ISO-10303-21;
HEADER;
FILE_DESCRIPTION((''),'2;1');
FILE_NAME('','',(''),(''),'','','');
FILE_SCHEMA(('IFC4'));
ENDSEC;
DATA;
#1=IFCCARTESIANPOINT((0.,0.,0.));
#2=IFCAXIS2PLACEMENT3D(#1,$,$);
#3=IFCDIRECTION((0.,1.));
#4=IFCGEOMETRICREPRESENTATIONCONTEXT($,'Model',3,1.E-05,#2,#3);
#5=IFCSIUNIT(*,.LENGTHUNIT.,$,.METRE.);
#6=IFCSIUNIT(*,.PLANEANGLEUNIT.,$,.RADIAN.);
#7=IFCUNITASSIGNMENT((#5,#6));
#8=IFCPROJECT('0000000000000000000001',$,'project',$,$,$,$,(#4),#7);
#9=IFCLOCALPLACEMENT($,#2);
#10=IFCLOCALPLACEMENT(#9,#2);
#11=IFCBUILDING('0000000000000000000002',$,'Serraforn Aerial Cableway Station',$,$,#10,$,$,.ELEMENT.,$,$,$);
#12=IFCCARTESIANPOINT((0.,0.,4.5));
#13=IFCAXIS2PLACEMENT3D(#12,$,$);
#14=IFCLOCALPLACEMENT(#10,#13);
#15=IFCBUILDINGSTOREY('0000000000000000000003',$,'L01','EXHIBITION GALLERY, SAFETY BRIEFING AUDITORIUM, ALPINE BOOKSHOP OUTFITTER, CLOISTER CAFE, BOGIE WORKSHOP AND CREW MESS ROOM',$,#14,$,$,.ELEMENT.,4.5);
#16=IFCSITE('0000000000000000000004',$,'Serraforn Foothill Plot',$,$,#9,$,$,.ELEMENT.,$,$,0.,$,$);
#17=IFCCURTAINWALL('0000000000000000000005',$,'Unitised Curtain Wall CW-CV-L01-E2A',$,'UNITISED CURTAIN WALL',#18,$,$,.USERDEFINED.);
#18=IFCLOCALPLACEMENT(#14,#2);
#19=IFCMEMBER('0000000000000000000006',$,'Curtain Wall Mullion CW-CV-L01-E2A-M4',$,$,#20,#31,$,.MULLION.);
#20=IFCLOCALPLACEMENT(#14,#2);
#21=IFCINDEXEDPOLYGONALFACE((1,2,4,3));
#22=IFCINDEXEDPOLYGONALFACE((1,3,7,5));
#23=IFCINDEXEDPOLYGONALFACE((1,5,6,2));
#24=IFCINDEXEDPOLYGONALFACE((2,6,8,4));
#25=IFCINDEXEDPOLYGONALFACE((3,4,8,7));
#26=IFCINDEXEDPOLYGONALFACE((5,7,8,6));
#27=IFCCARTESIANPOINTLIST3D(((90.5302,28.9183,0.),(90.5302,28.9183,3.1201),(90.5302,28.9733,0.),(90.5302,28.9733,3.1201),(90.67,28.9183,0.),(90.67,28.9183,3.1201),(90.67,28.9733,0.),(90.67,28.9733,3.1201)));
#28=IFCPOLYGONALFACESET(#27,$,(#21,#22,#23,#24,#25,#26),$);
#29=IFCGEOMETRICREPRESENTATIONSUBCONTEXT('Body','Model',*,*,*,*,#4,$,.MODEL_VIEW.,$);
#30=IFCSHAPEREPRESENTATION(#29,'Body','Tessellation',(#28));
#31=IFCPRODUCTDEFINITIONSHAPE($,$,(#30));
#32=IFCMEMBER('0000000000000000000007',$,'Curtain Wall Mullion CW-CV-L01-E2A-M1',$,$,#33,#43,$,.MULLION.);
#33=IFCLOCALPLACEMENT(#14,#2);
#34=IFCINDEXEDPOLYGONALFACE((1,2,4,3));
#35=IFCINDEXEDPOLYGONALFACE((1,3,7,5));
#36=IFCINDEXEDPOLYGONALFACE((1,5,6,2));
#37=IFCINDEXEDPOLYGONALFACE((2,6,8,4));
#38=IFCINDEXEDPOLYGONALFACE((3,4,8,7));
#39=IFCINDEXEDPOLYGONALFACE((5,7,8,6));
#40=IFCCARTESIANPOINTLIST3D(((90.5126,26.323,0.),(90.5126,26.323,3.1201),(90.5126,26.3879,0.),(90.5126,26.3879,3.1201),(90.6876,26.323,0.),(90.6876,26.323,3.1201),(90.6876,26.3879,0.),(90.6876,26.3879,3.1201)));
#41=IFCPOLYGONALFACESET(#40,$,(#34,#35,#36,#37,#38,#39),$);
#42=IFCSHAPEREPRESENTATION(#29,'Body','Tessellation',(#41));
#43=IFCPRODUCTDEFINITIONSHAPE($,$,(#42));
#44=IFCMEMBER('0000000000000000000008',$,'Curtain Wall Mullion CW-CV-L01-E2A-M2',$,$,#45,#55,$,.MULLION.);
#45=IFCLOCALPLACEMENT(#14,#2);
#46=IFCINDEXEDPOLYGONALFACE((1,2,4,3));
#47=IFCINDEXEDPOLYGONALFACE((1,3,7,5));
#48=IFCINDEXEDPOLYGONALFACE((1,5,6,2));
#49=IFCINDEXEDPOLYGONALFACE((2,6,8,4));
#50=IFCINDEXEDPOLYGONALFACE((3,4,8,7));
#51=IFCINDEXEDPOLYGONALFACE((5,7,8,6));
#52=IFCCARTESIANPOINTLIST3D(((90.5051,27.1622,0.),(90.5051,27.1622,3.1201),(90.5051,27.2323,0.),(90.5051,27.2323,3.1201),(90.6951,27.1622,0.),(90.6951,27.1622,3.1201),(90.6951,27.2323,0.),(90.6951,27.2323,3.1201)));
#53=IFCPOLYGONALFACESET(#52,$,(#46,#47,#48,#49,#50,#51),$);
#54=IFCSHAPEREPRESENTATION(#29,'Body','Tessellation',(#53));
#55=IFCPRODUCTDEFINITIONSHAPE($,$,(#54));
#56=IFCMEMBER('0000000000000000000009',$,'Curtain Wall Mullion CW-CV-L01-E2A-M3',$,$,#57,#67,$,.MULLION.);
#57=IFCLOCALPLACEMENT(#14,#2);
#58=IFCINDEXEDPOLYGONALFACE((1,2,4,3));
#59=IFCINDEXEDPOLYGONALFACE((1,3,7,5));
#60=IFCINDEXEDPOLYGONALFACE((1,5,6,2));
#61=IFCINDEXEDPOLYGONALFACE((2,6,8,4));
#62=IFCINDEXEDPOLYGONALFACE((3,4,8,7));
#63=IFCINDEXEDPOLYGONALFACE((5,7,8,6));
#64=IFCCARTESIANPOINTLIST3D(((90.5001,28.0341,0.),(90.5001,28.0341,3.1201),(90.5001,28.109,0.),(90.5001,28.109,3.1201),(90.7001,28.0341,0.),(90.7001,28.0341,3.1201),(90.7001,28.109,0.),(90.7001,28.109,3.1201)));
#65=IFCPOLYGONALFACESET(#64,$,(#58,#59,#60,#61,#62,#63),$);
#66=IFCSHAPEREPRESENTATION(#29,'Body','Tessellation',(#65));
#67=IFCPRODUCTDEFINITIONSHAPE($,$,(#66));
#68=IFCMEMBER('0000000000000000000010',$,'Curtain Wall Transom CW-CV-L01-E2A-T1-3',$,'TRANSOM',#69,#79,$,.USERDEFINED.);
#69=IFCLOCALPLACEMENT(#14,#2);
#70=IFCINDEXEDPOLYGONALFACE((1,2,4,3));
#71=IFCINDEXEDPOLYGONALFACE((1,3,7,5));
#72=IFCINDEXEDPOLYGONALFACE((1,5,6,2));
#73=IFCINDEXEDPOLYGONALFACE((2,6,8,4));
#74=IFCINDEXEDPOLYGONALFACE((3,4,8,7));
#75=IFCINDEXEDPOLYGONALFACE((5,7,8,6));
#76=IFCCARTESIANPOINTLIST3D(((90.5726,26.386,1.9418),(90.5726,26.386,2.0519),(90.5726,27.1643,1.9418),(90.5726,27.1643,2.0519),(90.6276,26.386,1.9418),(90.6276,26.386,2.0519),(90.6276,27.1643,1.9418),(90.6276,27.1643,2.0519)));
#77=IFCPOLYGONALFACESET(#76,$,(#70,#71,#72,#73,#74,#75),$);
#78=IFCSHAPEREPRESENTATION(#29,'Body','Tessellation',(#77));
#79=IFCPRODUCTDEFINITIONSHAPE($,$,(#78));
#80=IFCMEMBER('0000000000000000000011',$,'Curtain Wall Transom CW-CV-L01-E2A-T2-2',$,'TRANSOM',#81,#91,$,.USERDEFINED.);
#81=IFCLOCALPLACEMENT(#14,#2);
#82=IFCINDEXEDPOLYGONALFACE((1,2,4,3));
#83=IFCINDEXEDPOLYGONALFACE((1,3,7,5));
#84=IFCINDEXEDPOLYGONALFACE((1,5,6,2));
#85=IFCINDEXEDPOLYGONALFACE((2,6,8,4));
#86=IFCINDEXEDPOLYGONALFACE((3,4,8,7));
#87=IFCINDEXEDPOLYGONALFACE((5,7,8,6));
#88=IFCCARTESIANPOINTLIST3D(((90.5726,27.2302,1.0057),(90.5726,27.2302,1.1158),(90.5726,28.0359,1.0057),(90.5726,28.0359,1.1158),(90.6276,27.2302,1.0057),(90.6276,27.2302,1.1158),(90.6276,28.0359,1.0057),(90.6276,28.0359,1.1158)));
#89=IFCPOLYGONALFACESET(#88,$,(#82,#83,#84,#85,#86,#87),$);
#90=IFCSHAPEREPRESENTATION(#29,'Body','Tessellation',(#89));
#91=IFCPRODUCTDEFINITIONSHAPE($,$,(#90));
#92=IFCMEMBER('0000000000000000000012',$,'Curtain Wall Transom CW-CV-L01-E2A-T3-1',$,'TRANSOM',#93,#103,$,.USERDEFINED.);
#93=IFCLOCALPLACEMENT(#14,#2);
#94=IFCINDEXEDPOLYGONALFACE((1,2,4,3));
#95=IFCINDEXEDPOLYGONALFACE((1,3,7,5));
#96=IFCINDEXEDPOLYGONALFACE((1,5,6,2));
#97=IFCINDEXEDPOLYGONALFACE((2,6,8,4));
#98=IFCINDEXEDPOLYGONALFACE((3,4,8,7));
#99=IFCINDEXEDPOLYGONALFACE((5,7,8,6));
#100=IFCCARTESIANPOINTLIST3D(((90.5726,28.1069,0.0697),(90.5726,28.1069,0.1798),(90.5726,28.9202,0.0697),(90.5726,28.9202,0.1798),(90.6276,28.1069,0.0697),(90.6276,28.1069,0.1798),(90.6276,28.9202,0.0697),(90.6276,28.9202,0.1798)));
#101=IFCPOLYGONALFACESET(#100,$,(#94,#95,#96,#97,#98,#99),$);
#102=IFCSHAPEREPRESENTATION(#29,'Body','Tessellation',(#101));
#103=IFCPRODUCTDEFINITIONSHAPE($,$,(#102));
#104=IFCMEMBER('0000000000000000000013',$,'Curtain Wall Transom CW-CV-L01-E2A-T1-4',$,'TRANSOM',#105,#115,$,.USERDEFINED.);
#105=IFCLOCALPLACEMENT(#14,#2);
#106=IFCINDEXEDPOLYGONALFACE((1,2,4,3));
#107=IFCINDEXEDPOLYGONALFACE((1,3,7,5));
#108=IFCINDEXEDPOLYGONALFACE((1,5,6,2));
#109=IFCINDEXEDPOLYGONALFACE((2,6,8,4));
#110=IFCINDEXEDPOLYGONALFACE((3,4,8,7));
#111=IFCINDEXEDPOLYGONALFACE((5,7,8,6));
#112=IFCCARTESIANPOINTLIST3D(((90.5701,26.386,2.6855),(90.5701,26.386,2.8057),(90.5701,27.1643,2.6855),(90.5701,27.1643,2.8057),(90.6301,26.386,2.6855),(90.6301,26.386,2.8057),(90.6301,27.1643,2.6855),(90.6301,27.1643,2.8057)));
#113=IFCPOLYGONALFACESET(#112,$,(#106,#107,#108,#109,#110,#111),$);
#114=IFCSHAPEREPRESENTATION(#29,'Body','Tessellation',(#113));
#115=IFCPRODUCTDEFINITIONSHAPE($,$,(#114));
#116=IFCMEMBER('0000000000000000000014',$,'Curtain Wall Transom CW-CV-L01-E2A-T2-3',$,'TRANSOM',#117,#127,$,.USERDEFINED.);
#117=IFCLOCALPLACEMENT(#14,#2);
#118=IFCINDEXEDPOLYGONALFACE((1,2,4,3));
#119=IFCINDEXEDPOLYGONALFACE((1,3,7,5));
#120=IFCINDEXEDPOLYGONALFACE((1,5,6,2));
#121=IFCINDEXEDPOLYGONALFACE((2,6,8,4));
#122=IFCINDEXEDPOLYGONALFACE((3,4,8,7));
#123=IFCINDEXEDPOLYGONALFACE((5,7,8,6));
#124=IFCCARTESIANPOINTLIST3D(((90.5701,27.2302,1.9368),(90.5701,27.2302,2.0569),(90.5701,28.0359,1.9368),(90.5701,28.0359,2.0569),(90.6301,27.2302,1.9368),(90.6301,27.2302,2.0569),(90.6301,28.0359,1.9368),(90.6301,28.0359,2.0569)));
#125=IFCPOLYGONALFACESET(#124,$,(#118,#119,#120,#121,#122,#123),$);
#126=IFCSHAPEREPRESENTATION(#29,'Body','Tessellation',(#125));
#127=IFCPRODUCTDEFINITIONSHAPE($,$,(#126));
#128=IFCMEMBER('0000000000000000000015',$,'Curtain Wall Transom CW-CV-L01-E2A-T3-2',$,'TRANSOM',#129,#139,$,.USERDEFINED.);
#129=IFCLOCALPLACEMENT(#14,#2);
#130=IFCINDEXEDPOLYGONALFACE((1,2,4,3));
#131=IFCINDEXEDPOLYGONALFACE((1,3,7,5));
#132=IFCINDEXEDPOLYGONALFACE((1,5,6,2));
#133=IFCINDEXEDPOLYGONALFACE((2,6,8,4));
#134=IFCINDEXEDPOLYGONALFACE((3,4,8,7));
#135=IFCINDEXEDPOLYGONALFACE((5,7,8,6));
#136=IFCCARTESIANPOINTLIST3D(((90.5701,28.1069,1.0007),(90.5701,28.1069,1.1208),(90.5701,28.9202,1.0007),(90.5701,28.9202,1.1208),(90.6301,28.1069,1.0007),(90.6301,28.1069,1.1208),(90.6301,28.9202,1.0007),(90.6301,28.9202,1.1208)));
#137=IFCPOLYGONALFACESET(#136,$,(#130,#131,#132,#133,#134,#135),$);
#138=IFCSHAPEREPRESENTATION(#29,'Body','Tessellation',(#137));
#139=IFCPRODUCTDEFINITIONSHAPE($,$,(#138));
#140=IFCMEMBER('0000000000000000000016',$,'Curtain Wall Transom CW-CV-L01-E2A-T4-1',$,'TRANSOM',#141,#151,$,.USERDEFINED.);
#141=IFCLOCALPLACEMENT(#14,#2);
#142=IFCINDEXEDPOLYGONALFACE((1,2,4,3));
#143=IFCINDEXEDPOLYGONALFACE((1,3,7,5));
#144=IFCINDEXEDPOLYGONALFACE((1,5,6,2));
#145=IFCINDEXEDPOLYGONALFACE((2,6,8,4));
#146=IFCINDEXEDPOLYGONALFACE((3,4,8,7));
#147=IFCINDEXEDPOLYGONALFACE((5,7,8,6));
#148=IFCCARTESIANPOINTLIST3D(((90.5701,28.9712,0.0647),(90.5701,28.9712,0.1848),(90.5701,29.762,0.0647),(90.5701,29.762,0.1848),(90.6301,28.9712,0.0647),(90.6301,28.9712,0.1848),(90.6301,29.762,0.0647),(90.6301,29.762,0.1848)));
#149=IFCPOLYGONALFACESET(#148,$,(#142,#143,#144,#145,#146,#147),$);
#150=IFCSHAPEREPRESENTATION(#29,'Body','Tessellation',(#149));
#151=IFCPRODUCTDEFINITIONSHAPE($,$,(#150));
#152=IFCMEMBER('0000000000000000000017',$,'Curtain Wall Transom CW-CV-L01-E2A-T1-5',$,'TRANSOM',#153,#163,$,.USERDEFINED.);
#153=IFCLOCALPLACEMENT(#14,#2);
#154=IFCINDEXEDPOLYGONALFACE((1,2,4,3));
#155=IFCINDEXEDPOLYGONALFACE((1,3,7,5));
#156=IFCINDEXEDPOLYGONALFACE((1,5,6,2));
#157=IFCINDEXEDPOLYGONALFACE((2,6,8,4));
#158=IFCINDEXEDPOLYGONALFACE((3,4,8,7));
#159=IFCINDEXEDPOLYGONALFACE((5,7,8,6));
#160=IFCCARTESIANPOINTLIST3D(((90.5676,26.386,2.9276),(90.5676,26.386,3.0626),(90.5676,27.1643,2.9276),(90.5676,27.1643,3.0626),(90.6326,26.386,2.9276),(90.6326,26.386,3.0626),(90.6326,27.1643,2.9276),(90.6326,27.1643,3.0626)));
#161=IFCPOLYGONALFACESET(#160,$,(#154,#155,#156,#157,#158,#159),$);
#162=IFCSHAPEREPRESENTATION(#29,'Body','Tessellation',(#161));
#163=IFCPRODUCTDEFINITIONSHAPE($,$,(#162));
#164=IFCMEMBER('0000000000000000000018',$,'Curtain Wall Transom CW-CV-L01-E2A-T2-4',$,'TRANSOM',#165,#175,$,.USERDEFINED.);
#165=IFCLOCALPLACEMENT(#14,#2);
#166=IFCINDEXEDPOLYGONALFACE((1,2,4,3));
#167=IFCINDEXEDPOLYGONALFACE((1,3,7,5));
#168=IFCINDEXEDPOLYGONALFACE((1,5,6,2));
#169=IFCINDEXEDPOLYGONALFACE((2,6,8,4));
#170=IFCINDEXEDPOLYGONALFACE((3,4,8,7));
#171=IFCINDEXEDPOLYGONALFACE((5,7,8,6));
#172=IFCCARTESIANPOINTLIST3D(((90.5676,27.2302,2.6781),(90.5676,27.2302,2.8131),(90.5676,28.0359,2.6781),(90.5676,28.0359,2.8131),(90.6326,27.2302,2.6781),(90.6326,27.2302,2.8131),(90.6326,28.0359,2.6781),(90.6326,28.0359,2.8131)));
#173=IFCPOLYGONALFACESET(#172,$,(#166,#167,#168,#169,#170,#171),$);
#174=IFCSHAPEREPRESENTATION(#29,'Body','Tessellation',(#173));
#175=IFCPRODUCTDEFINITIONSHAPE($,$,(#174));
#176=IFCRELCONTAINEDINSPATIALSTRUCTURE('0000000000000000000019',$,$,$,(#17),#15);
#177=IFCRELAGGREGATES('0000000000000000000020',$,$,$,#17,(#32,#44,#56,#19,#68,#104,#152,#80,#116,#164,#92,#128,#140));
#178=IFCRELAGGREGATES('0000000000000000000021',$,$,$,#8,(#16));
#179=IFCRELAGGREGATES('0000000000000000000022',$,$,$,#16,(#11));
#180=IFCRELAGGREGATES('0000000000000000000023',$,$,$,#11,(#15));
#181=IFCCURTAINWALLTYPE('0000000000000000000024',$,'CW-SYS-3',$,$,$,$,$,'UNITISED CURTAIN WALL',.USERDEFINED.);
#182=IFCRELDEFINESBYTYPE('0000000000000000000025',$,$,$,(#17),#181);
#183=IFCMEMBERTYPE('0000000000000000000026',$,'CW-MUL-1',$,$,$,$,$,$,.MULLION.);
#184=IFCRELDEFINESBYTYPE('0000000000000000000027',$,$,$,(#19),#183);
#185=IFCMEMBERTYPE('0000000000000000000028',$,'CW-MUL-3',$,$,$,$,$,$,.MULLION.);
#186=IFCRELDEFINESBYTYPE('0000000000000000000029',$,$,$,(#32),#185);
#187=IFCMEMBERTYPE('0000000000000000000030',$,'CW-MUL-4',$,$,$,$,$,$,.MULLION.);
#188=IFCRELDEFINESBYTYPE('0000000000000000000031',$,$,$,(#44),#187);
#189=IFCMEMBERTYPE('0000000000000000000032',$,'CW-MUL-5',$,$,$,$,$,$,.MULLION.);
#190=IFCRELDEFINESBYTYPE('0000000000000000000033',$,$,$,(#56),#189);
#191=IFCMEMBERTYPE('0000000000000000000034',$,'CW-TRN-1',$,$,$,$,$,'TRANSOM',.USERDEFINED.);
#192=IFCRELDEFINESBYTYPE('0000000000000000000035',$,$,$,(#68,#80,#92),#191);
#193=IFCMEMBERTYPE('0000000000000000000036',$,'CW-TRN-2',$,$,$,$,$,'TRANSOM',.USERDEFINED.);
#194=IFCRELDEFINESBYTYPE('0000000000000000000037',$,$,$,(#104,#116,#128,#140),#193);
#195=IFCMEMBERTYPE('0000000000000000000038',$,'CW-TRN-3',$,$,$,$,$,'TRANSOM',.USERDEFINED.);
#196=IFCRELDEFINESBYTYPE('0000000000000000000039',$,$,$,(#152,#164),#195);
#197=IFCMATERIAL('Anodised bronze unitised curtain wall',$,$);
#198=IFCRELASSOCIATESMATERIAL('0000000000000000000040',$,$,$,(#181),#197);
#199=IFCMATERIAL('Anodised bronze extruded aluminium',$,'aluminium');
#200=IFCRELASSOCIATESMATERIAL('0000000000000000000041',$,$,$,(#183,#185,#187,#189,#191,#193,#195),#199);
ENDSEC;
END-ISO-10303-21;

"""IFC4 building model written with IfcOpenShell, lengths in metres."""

from ifc_helpers import new_model, si_unit, direction, frame, origin, origin_2d, place, context, subcontext, project, spatial, rectangle, extrude, material, material_profile, profile_set, type_object, element, aggregate, save


model = new_model("IFC4")

# Units and contexts
model_context = context("Model", 3, precision=1e-05, world=origin(), true_north=direction((0.0, 1.0)))
body_context = subcontext(model_context, "Body", "Model", "MODEL_VIEW")
ifc_project = project(units=[si_unit("LENGTHUNIT", "METRE"), si_unit("PLANEANGLEUNIT", "RADIAN")], contexts=[model_context])

# Site, building, storey
site_placement = place(None, origin())
site = spatial("IfcSite", under=ifc_project, at=site_placement, Name="Serraforn Foothill Plot", CompositionType="ELEMENT", RefElevation=0.0)
building_placement = place(site_placement, origin())
building = spatial("IfcBuilding", under=site, at=building_placement, Name="Serraforn Aerial Cableway Station", CompositionType="ELEMENT")
storey_placement = place(building_placement, frame((0.0, 0.0, 4.5)))
storey = spatial("IfcBuildingStorey", under=building, at=storey_placement, Name="L01", Description="EXHIBITION GALLERY, SAFETY BRIEFING AUDITORIUM, ALPINE BOOKSHOP OUTFITTER, CLOISTER CAFE, BOGIE WORKSHOP AND CREW MESS ROOM", CompositionType="ELEMENT", Elevation=4.5)

# Curtain wall, members
ifc_material_1 = material(Name="Anodised bronze unitised curtain wall")
curtain_wall_type = type_object("IfcCurtainWallType", Name="CW-SYS-3", ElementType="UNITISED CURTAIN WALL", PredefinedType="USERDEFINED", material=ifc_material_1)
curtain_wall_placement = place(storey_placement, origin())
curtain_wall = element("IfcCurtainWall", 1, at=curtain_wall_placement, inside=storey, type_object=curtain_wall_type, Name="Unitised Curtain Wall CW-CV-L01-E2A", ObjectType="UNITISED CURTAIN WALL", PredefinedType="USERDEFINED")
ifc_material_2 = material(Name="Anodised bronze extruded aluminium", Category="aluminium")
ifc_material_profile_1 = material_profile(ifc_material_2, rectangle(XDim=0.0549, YDim=0.1399, at=origin_2d()), Name="CW MULLION 55x140")
ifc_profile_set_1 = profile_set([ifc_material_profile_1], Name="Anodised bronze extruded aluminium")
member_type_1 = type_object("IfcMemberType", Name="CW-MUL-1", PredefinedType="MULLION", material=ifc_profile_set_1)
member_1_placement = place(storey_placement, frame((90.6001, 28.9458, 0.0), z_axis=(0.0, 0.0, 1.0), x_axis=(0.0, 1.0, 0.0)))
member_1 = element("IfcMember", 2, at=member_1_placement, type_object=member_type_1, Name="Curtain Wall Mullion CW-CV-L01-E2A-M4", PredefinedType="MULLION", context=body_context, shape_type="SweptSolid", body=[
    extrude(rectangle(XDim=0.0549, YDim=0.1399, at=origin_2d()), origin(), (0.0, 0.0, 1.0), 3.1201),
])
ifc_material_profile_2 = material_profile(ifc_material_2, rectangle(XDim=0.0649, YDim=0.175, at=origin_2d()), Name="CW MULLION 65x175")
ifc_profile_set_2 = profile_set([ifc_material_profile_2], Name="Anodised bronze extruded aluminium")
member_type_2 = type_object("IfcMemberType", Name="CW-MUL-3", PredefinedType="MULLION", material=ifc_profile_set_2)
member_2_placement = place(storey_placement, frame((90.6001, 26.3555, 0.0), z_axis=(0.0, 0.0, 1.0), x_axis=(0.0, 1.0, 0.0)))
member_2 = element("IfcMember", 3, at=member_2_placement, type_object=member_type_2, Name="Curtain Wall Mullion CW-CV-L01-E2A-M1", PredefinedType="MULLION", context=body_context, shape_type="SweptSolid", body=[
    extrude(rectangle(XDim=0.0649, YDim=0.175, at=origin_2d()), origin(), (0.0, 0.0, 1.0), 3.1201),
])
ifc_material_profile_3 = material_profile(ifc_material_2, rectangle(XDim=0.0701, YDim=0.1899, at=origin_2d()), Name="CW MULLION 70x190")
ifc_profile_set_3 = profile_set([ifc_material_profile_3], Name="Anodised bronze extruded aluminium")
member_type_3 = type_object("IfcMemberType", Name="CW-MUL-4", PredefinedType="MULLION", material=ifc_profile_set_3)
member_3_placement = place(storey_placement, frame((90.6001, 27.1973, 0.0), z_axis=(0.0, 0.0, 1.0), x_axis=(0.0, 1.0, 0.0)))
member_3 = element("IfcMember", 4, at=member_3_placement, type_object=member_type_3, Name="Curtain Wall Mullion CW-CV-L01-E2A-M2", PredefinedType="MULLION", context=body_context, shape_type="SweptSolid", body=[
    extrude(rectangle(XDim=0.0701, YDim=0.1899, at=origin_2d()), origin(), (0.0, 0.0, 1.0), 3.1201),
])
ifc_material_profile_4 = material_profile(ifc_material_2, rectangle(XDim=0.075, YDim=0.2, at=origin_2d()), Name="CW MULLION 75x200")
ifc_profile_set_4 = profile_set([ifc_material_profile_4], Name="Anodised bronze extruded aluminium")
member_type_4 = type_object("IfcMemberType", Name="CW-MUL-5", PredefinedType="MULLION", material=ifc_profile_set_4)
member_4_placement = place(storey_placement, frame((90.6001, 28.0715, 0.0), z_axis=(0.0, 0.0, 1.0), x_axis=(0.0, 1.0, 0.0)))
member_4 = element("IfcMember", 5, at=member_4_placement, type_object=member_type_4, Name="Curtain Wall Mullion CW-CV-L01-E2A-M3", PredefinedType="MULLION", context=body_context, shape_type="SweptSolid", body=[
    extrude(rectangle(XDim=0.075, YDim=0.2, at=origin_2d()), origin(), (0.0, 0.0, 1.0), 3.1201),
])
ifc_material_profile_5 = material_profile(ifc_material_2, rectangle(XDim=0.0549, YDim=0.1101, at=origin_2d()), Name="CW TRANSOM 55x110")
ifc_profile_set_5 = profile_set([ifc_material_profile_5], Name="Anodised bronze extruded aluminium")
member_type_5 = type_object("IfcMemberType", Name="CW-TRN-1", ElementType="TRANSOM", PredefinedType="USERDEFINED", material=ifc_profile_set_5)
member_5_placement = place(storey_placement, frame((90.6001, 26.386, 1.9968), z_axis=(0.0, 1.0, 0.0), x_axis=(-1.0, 0.0, 0.0)))
member_5 = element("IfcMember", 6, at=member_5_placement, type_object=member_type_5, Name="Curtain Wall Transom CW-CV-L01-E2A-T1-3", ObjectType="TRANSOM", PredefinedType="USERDEFINED", context=body_context, shape_type="SweptSolid", body=[
    extrude(rectangle(XDim=0.0549, YDim=0.1101, at=origin_2d()), origin(), (0.0, 0.0, 1.0), 0.7783),
])
member_6_placement = place(storey_placement, frame((90.6001, 27.2302, 1.0608), z_axis=(0.0, 1.0, 0.0), x_axis=(-1.0, 0.0, 0.0)))
member_6 = element("IfcMember", 7, at=member_6_placement, type_object=member_type_5, Name="Curtain Wall Transom CW-CV-L01-E2A-T2-2", ObjectType="TRANSOM", PredefinedType="USERDEFINED", context=body_context, shape_type="SweptSolid", body=[
    extrude(rectangle(XDim=0.0549, YDim=0.1101, at=origin_2d()), origin(), (0.0, 0.0, 1.0), 0.8057),
])
member_7_placement = place(storey_placement, frame((90.6001, 28.1069, 0.1248), z_axis=(0.0, 1.0, 0.0), x_axis=(-1.0, 0.0, 0.0)))
member_7 = element("IfcMember", 8, at=member_7_placement, type_object=member_type_5, Name="Curtain Wall Transom CW-CV-L01-E2A-T3-1", ObjectType="TRANSOM", PredefinedType="USERDEFINED", context=body_context, shape_type="SweptSolid", body=[
    extrude(rectangle(XDim=0.0549, YDim=0.1101, at=origin_2d()), origin(), (0.0, 0.0, 1.0), 0.8132),
])
ifc_material_profile_6 = material_profile(ifc_material_2, rectangle(XDim=0.0601, YDim=0.1201, at=origin_2d()), Name="CW TRANSOM 60x120")
ifc_profile_set_6 = profile_set([ifc_material_profile_6], Name="Anodised bronze extruded aluminium")
member_type_6 = type_object("IfcMemberType", Name="CW-TRN-2", ElementType="TRANSOM", PredefinedType="USERDEFINED", material=ifc_profile_set_6)
member_8_placement = place(storey_placement, frame((90.6001, 26.386, 2.7456), z_axis=(0.0, 1.0, 0.0), x_axis=(-1.0, 0.0, 0.0)))
member_8 = element("IfcMember", 9, at=member_8_placement, type_object=member_type_6, Name="Curtain Wall Transom CW-CV-L01-E2A-T1-4", ObjectType="TRANSOM", PredefinedType="USERDEFINED", context=body_context, shape_type="SweptSolid", body=[
    extrude(rectangle(XDim=0.0601, YDim=0.1201, at=origin_2d()), origin(), (0.0, 0.0, 1.0), 0.7783),
])
member_9_placement = place(storey_placement, frame((90.6001, 27.2302, 1.9968), z_axis=(0.0, 1.0, 0.0), x_axis=(-1.0, 0.0, 0.0)))
member_9 = element("IfcMember", 10, at=member_9_placement, type_object=member_type_6, Name="Curtain Wall Transom CW-CV-L01-E2A-T2-3", ObjectType="TRANSOM", PredefinedType="USERDEFINED", context=body_context, shape_type="SweptSolid", body=[
    extrude(rectangle(XDim=0.0601, YDim=0.1201, at=origin_2d()), origin(), (0.0, 0.0, 1.0), 0.8057),
])
member_10_placement = place(storey_placement, frame((90.6001, 28.1069, 1.0608), z_axis=(0.0, 1.0, 0.0), x_axis=(-1.0, 0.0, 0.0)))
member_10 = element("IfcMember", 11, at=member_10_placement, type_object=member_type_6, Name="Curtain Wall Transom CW-CV-L01-E2A-T3-2", ObjectType="TRANSOM", PredefinedType="USERDEFINED", context=body_context, shape_type="SweptSolid", body=[
    extrude(rectangle(XDim=0.0601, YDim=0.1201, at=origin_2d()), origin(), (0.0, 0.0, 1.0), 0.8132),
])
member_11_placement = place(storey_placement, frame((90.6001, 28.9712, 0.1248), z_axis=(0.0, 1.0, 0.0), x_axis=(-1.0, 0.0, 0.0)))
member_11 = element("IfcMember", 12, at=member_11_placement, type_object=member_type_6, Name="Curtain Wall Transom CW-CV-L01-E2A-T4-1", ObjectType="TRANSOM", PredefinedType="USERDEFINED", context=body_context, shape_type="SweptSolid", body=[
    extrude(rectangle(XDim=0.0601, YDim=0.1201, at=origin_2d()), origin(), (0.0, 0.0, 1.0), 0.7908),
])
ifc_material_profile_7 = material_profile(ifc_material_2, rectangle(XDim=0.0649, YDim=0.135, at=origin_2d()), Name="CW TRANSOM 65x135")
ifc_profile_set_7 = profile_set([ifc_material_profile_7], Name="Anodised bronze extruded aluminium")
member_type_7 = type_object("IfcMemberType", Name="CW-TRN-3", ElementType="TRANSOM", PredefinedType="USERDEFINED", material=ifc_profile_set_7)
member_12_placement = place(storey_placement, frame((90.6001, 26.386, 2.9951), z_axis=(0.0, 1.0, 0.0), x_axis=(-1.0, 0.0, 0.0)))
member_12 = element("IfcMember", 13, at=member_12_placement, type_object=member_type_7, Name="Curtain Wall Transom CW-CV-L01-E2A-T1-5", ObjectType="TRANSOM", PredefinedType="USERDEFINED", context=body_context, shape_type="SweptSolid", body=[
    extrude(rectangle(XDim=0.0649, YDim=0.135, at=origin_2d()), origin(), (0.0, 0.0, 1.0), 0.7783),
])
member_13_placement = place(storey_placement, frame((90.6001, 27.2302, 2.7456), z_axis=(0.0, 1.0, 0.0), x_axis=(-1.0, 0.0, 0.0)))
member_13 = element("IfcMember", 14, at=member_13_placement, type_object=member_type_7, Name="Curtain Wall Transom CW-CV-L01-E2A-T2-4", ObjectType="TRANSOM", PredefinedType="USERDEFINED", context=body_context, shape_type="SweptSolid", body=[
    extrude(rectangle(XDim=0.0649, YDim=0.135, at=origin_2d()), origin(), (0.0, 0.0, 1.0), 0.8057),
])
aggregate(curtain_wall, [member_2, member_3, member_4, member_1, member_5, member_8, member_12, member_6, member_9, member_13, member_7, member_10, member_11])

save(model, "model.ifc")
